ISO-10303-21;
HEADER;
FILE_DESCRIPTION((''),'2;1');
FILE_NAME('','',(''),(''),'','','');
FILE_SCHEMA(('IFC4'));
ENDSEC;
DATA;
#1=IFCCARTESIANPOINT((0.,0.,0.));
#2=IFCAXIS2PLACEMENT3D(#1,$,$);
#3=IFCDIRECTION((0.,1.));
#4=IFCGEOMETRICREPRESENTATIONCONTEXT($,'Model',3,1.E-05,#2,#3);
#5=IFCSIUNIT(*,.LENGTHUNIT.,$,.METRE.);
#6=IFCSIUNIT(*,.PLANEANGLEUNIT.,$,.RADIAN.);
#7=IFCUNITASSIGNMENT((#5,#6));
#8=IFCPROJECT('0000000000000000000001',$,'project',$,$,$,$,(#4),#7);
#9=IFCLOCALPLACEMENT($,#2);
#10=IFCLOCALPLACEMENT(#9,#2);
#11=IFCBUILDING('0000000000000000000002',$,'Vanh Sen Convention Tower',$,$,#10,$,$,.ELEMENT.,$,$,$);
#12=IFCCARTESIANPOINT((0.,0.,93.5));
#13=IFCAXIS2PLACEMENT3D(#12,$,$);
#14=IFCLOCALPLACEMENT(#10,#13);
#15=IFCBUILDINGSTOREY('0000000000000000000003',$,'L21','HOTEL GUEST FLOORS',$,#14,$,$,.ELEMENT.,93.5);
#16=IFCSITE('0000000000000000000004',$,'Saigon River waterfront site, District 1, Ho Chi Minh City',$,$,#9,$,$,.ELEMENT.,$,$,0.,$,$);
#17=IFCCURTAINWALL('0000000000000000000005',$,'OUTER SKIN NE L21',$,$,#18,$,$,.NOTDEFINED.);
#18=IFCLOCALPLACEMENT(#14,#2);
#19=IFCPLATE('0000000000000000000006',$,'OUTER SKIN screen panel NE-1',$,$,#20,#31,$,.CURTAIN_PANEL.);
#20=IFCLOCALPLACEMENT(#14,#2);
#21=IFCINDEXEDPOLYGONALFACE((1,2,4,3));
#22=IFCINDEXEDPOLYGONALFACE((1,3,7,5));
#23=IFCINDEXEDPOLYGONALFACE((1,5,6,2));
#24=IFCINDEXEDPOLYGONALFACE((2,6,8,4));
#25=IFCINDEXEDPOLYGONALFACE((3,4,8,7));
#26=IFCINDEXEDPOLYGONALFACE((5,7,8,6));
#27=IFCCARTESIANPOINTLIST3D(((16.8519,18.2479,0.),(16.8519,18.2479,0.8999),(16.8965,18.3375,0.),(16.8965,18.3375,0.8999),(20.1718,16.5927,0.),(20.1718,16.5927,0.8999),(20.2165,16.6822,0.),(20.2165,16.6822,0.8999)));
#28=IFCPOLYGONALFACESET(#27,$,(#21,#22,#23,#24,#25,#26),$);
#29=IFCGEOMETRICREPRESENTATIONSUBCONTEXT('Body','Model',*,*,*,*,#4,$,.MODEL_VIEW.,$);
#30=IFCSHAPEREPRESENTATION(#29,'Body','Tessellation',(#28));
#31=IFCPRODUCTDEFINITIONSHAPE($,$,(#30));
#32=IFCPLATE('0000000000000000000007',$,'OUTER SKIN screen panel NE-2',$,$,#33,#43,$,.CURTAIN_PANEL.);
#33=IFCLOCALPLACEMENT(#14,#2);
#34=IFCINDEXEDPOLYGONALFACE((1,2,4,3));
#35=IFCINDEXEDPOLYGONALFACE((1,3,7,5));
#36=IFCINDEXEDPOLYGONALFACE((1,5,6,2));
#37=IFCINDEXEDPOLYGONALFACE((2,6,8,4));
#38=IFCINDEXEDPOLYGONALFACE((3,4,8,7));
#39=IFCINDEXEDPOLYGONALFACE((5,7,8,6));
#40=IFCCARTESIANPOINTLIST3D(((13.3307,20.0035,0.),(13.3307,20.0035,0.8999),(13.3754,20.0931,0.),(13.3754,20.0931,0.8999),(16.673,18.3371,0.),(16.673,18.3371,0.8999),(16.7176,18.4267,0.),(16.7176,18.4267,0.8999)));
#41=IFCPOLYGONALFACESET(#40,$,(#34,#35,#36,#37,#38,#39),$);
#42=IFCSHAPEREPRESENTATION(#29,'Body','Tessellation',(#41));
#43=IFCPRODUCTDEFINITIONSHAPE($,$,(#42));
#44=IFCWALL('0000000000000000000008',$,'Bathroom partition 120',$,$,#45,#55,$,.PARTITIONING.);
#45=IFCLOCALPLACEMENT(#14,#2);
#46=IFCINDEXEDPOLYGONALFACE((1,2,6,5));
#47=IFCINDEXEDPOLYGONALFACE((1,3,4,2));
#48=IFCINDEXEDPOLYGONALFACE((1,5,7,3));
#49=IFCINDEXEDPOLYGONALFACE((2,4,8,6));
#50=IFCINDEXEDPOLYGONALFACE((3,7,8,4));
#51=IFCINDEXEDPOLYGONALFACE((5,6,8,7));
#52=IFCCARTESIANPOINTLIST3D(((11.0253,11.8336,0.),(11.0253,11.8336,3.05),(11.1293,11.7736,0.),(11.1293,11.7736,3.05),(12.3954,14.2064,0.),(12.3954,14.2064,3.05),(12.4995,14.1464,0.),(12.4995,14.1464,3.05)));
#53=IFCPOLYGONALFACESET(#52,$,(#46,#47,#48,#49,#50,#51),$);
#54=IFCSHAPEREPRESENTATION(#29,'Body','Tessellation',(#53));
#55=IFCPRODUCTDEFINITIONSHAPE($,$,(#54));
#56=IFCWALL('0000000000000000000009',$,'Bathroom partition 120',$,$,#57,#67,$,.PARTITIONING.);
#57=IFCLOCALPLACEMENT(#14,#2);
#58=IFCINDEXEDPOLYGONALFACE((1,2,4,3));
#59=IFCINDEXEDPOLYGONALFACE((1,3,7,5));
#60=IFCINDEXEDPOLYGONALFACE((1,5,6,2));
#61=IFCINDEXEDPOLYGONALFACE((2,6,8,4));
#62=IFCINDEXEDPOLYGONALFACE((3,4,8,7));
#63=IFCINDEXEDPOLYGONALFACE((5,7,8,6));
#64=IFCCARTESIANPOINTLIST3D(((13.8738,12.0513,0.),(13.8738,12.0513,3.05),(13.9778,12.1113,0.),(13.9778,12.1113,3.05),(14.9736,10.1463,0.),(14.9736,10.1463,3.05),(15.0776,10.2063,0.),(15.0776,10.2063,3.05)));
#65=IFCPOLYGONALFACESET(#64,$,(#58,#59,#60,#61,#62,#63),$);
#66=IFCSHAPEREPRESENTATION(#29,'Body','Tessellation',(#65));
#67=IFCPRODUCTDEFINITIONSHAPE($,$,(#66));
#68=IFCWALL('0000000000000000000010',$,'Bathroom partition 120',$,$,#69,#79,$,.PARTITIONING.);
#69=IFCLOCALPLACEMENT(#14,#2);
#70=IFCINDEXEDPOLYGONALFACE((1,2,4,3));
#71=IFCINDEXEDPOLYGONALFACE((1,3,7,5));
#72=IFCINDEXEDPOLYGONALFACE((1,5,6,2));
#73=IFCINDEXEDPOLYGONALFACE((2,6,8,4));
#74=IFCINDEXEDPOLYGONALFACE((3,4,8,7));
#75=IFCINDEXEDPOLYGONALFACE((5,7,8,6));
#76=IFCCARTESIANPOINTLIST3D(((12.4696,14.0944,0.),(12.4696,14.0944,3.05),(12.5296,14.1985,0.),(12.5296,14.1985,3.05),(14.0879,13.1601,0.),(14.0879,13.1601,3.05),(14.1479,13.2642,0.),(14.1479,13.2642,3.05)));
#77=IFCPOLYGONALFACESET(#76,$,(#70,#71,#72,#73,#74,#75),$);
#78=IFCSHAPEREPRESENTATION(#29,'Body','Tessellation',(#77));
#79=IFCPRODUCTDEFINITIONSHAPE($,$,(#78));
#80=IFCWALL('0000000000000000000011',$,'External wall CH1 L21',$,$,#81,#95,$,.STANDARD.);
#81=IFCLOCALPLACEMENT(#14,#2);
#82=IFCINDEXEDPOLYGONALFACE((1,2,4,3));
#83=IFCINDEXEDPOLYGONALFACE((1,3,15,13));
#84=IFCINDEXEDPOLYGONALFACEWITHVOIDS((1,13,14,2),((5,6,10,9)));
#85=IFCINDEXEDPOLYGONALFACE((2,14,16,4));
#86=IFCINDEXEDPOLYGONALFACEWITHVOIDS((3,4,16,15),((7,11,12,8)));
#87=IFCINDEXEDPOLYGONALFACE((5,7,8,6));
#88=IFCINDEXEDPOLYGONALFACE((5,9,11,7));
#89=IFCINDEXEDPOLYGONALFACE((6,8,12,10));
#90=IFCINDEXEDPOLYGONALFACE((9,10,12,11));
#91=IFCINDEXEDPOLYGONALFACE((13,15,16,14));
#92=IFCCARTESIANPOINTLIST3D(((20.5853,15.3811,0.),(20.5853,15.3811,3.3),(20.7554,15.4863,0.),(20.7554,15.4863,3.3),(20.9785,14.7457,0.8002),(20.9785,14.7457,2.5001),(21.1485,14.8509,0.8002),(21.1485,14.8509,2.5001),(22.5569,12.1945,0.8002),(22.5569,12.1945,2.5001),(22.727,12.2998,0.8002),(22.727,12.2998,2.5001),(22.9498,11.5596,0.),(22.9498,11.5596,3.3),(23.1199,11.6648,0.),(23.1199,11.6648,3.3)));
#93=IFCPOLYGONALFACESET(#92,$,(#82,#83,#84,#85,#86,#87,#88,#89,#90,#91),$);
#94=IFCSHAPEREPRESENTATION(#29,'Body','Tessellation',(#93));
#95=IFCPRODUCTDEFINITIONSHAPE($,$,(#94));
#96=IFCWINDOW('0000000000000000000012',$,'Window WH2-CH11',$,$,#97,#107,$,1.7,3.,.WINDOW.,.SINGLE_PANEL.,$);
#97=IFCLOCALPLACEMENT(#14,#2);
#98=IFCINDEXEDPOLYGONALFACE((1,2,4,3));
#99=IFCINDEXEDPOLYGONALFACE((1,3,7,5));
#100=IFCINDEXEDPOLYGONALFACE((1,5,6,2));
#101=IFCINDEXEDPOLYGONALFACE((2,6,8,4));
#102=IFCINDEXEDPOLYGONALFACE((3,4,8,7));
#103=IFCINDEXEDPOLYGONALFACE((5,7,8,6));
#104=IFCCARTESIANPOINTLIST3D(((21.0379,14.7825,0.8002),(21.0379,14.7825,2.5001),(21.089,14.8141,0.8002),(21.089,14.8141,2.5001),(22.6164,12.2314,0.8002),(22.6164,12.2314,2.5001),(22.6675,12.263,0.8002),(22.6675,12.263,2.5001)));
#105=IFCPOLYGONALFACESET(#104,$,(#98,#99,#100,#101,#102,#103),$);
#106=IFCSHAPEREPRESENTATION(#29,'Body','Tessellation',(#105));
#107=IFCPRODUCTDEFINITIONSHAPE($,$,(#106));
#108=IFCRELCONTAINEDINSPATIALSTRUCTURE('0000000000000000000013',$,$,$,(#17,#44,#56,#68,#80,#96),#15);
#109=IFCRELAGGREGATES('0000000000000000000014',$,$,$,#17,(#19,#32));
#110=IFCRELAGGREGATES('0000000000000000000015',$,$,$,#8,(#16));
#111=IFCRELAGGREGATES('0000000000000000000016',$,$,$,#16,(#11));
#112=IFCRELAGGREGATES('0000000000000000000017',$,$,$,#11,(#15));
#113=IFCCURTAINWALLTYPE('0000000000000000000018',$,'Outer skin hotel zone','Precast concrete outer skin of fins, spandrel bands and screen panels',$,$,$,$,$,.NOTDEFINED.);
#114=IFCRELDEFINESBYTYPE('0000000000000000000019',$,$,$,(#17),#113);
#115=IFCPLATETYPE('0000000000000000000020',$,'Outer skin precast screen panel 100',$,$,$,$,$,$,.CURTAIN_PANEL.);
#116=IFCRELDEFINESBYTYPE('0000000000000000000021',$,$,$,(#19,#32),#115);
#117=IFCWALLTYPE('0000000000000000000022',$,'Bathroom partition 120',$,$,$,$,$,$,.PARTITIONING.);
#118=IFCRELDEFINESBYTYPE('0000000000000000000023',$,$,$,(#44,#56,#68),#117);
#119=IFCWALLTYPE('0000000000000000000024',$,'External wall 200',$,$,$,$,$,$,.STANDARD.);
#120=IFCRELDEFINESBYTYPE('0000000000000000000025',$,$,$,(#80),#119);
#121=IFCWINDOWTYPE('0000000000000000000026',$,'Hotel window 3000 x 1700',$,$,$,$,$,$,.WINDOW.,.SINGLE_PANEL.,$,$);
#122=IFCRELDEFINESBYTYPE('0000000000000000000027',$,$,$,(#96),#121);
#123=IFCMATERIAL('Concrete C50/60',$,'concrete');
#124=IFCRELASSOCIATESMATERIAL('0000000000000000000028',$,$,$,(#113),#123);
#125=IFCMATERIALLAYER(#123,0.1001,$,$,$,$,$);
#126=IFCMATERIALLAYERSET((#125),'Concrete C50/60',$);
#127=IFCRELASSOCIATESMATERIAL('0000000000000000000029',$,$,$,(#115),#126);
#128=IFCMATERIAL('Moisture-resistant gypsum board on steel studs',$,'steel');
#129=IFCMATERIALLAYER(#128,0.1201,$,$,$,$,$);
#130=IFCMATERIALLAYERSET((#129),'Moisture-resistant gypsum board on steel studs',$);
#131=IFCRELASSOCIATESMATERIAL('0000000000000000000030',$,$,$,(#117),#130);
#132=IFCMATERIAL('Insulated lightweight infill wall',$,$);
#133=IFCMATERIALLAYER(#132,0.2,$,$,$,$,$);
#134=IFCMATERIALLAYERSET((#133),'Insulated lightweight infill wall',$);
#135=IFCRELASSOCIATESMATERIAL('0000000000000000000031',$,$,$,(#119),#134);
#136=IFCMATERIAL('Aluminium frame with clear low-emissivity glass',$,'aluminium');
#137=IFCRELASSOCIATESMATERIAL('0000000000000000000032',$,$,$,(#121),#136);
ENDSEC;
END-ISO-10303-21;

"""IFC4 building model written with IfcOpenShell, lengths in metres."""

from ifc_helpers import new_model, si_unit, direction, frame, frame_2d, origin, origin_2d, place, context, subcontext, project, spatial, rectangle, extrude, material, layer, layer_set, type_object, element, fill, aggregate, save


model = new_model("IFC4")

# Units and contexts
model_context = context("Model", 3, precision=1e-05, world=origin(), true_north=direction((0.0, 1.0)))
body_context = subcontext(model_context, "Body", "Model", "MODEL_VIEW")
ifc_project = project(units=[si_unit("LENGTHUNIT", "METRE"), si_unit("PLANEANGLEUNIT", "RADIAN")], contexts=[model_context])

# Site, building, storey
site_placement = place(None, origin())
site = spatial("IfcSite", under=ifc_project, at=site_placement, Name="Saigon River waterfront site, District 1, Ho Chi Minh City", CompositionType="ELEMENT", RefElevation=0.0)
building_placement = place(site_placement, origin())
building = spatial("IfcBuilding", under=site, at=building_placement, Name="Vanh Sen Convention Tower", CompositionType="ELEMENT")
storey_placement = place(building_placement, frame((0.0, 0.0, 93.5)))
storey = spatial("IfcBuildingStorey", under=building, at=storey_placement, Name="L21", Description="HOTEL GUEST FLOORS", CompositionType="ELEMENT", Elevation=93.5)

# Curtain wall
ifc_material_1 = material(Name="Concrete C50/60", Category="concrete")
curtain_wall_type = type_object("IfcCurtainWallType", Name="Outer skin hotel zone", Description="Precast concrete outer skin of fins, spandrel bands and screen panels", PredefinedType="NOTDEFINED", material=ifc_material_1)
curtain_wall_1_placement = place(storey_placement, origin())
curtain_wall_1 = element("IfcCurtainWall", 1, at=curtain_wall_1_placement, inside=storey, type_object=curtain_wall_type, Name="OUTER SKIN NE L21", PredefinedType="NOTDEFINED")

# Plates
ifc_layer_1 = layer(ifc_material_1, 0.1001)
ifc_layer_set_1 = layer_set([ifc_layer_1], Name="Concrete C50/60")
plate_type = type_object("IfcPlateType", Name="Outer skin precast screen panel 100", PredefinedType="CURTAIN_PANEL", material=ifc_layer_set_1)
plate_1_placement = place(storey_placement, frame((18.5342, 17.4651, 0.0), z_axis=(0.0, 0.0, 1.0), x_axis=(-0.894935, 0.446196, 0.0)))
plate_1 = element("IfcPlate", 2, at=plate_1_placement, type_object=plate_type, Name="OUTER SKIN screen panel NE-1", PredefinedType="CURTAIN_PANEL", context=body_context, shape_type="SweptSolid", body=[
    extrude(rectangle(XDim=3.7097, YDim=0.1001, at=origin_2d()), origin(), (0.0, 0.0, 1.0), 0.8999),
])
plate_2_placement = place(storey_placement, frame((15.0242, 19.2151, 0.0), z_axis=(0.0, 0.0, 1.0), x_axis=(-0.894935, 0.446196, 0.0)))
plate_2 = element("IfcPlate", 3, at=plate_2_placement, type_object=plate_type, Name="OUTER SKIN screen panel NE-2", PredefinedType="CURTAIN_PANEL", context=body_context, shape_type="SweptSolid", body=[
    extrude(rectangle(XDim=3.7346, YDim=0.1001, at=origin_2d()), origin(), (0.0, 0.0, 1.0), 0.8999),
])
aggregate(curtain_wall_1, [plate_1, plate_2])

# Walls
ifc_material_2 = material(Name="Moisture-resistant gypsum board on steel studs", Category="steel")
ifc_layer_2 = layer(ifc_material_2, 0.1201)
ifc_layer_set_2 = layer_set([ifc_layer_2], Name="Moisture-resistant gypsum board on steel studs")
wall_type_1 = type_object("IfcWallType", Name="Bathroom partition 120", PredefinedType="PARTITIONING", material=ifc_layer_set_2)
wall_1_placement = place(storey_placement, frame((12.4475, 14.1765, 0.0), z_axis=(0.0, 0.0, 1.0), x_axis=(-0.500049, -0.865997, 0.0)))
element("IfcWall", 4, at=wall_1_placement, inside=storey, type_object=wall_type_1, Name="Bathroom partition 120", PredefinedType="PARTITIONING", context=body_context, shape_type="SweptSolid", body=[
    extrude(rectangle(XDim=2.74, YDim=0.1201, at=frame_2d((1.3701, 0.0))), origin(), (0.0, 0.0, 1.0), 3.05),
])
wall_2_placement = place(storey_placement, frame((13.9258, 12.0813, 0.0), z_axis=(0.0, 0.0, 1.0), x_axis=(0.499995, -0.866028, 0.0)))
element("IfcWall", 5, at=wall_2_placement, inside=storey, type_object=wall_type_1, Name="Bathroom partition 120", PredefinedType="PARTITIONING", context=body_context, shape_type="SweptSolid", body=[
    extrude(rectangle(XDim=2.1997, YDim=0.1201, at=frame_2d((1.0999, 0.0))), origin(), (0.0, 0.0, 1.0), 3.05),
])
wall_3_placement = place(storey_placement, frame((14.1179, 13.2122, 0.0), z_axis=(0.0, 0.0, 1.0), x_axis=(-0.86604, 0.499975, 0.0)))
element("IfcWall", 6, at=wall_3_placement, inside=storey, type_object=wall_type_1, Name="Bathroom partition 120", PredefinedType="PARTITIONING", context=body_context, shape_type="SweptSolid", body=[
    extrude(rectangle(XDim=1.8687, YDim=0.1201, at=frame_2d((0.9343, 0.0))), origin(), (0.0, 0.0, 1.0), 3.05),
])

# Wall, opening, window
ifc_material_3 = material(Name="Insulated lightweight infill wall")
ifc_layer_3 = layer(ifc_material_3, 0.2)
ifc_layer_set_3 = layer_set([ifc_layer_3], Name="Insulated lightweight infill wall")
wall_type_2 = type_object("IfcWallType", Name="External wall 200", PredefinedType="STANDARD", material=ifc_layer_set_3)
wall_4_placement = place(storey_placement, frame((23.0349, 11.6121, 0.0), z_axis=(0.0, 0.0, 1.0), x_axis=(-0.52616, 0.850386, 0.0)))
wall_4 = element("IfcWall", 7, at=wall_4_placement, inside=storey, type_object=wall_type_2, Name="External wall CH1 L21", PredefinedType="STANDARD", context=body_context, shape_type="SweptSolid", body=[
    extrude(rectangle(XDim=4.4939, YDim=0.2, at=frame_2d((2.2471, 0.0))), origin(), (0.0, 0.0, 1.0), 3.3),
])
opening_1_placement = place(wall_4_placement, frame((0.7468, 0.0, 0.8)))
opening_1 = element("IfcOpeningElement", 8, at=opening_1_placement, cuts=wall_4, PredefinedType="OPENING", context=body_context, shape_type="SweptSolid", body=[
    extrude(rectangle(XDim=3.0, YDim=1.7, at=frame_2d((1.5, 0.8501))), frame((0.0, 0.1099, 0.0), z_axis=(0.0, -1.0, 0.0), x_axis=(1.0, 0.0, 0.0)), (0.0, 0.0, 1.0), 0.22),
])
ifc_material_4 = material(Name="Aluminium frame with clear low-emissivity glass", Category="aluminium")
window_type_1 = type_object("IfcWindowType", Name="Hotel window 3000 x 1700", PartitioningType="SINGLE_PANEL", PredefinedType="WINDOW", material=ifc_material_4)
window_1_placement = place(opening_1_placement, origin())
window_1 = element("IfcWindow", 9, at=window_1_placement, inside=storey, type_object=window_type_1, Name="Window WH2-CH11", OverallHeight=1.7, OverallWidth=3.0, PartitioningType="SINGLE_PANEL", PredefinedType="WINDOW", context=body_context, shape_type="SweptSolid", body=[
    extrude(rectangle(XDim=3.0, YDim=1.7, at=frame_2d((1.5, 0.8501))), frame((0.0, 0.03, 0.0), z_axis=(0.0, -1.0, 0.0), x_axis=(1.0, 0.0, 0.0)), (0.0, 0.0, 1.0), 0.0601),
])
fill(opening_1, window_1)

save(model, "model.ifc")
